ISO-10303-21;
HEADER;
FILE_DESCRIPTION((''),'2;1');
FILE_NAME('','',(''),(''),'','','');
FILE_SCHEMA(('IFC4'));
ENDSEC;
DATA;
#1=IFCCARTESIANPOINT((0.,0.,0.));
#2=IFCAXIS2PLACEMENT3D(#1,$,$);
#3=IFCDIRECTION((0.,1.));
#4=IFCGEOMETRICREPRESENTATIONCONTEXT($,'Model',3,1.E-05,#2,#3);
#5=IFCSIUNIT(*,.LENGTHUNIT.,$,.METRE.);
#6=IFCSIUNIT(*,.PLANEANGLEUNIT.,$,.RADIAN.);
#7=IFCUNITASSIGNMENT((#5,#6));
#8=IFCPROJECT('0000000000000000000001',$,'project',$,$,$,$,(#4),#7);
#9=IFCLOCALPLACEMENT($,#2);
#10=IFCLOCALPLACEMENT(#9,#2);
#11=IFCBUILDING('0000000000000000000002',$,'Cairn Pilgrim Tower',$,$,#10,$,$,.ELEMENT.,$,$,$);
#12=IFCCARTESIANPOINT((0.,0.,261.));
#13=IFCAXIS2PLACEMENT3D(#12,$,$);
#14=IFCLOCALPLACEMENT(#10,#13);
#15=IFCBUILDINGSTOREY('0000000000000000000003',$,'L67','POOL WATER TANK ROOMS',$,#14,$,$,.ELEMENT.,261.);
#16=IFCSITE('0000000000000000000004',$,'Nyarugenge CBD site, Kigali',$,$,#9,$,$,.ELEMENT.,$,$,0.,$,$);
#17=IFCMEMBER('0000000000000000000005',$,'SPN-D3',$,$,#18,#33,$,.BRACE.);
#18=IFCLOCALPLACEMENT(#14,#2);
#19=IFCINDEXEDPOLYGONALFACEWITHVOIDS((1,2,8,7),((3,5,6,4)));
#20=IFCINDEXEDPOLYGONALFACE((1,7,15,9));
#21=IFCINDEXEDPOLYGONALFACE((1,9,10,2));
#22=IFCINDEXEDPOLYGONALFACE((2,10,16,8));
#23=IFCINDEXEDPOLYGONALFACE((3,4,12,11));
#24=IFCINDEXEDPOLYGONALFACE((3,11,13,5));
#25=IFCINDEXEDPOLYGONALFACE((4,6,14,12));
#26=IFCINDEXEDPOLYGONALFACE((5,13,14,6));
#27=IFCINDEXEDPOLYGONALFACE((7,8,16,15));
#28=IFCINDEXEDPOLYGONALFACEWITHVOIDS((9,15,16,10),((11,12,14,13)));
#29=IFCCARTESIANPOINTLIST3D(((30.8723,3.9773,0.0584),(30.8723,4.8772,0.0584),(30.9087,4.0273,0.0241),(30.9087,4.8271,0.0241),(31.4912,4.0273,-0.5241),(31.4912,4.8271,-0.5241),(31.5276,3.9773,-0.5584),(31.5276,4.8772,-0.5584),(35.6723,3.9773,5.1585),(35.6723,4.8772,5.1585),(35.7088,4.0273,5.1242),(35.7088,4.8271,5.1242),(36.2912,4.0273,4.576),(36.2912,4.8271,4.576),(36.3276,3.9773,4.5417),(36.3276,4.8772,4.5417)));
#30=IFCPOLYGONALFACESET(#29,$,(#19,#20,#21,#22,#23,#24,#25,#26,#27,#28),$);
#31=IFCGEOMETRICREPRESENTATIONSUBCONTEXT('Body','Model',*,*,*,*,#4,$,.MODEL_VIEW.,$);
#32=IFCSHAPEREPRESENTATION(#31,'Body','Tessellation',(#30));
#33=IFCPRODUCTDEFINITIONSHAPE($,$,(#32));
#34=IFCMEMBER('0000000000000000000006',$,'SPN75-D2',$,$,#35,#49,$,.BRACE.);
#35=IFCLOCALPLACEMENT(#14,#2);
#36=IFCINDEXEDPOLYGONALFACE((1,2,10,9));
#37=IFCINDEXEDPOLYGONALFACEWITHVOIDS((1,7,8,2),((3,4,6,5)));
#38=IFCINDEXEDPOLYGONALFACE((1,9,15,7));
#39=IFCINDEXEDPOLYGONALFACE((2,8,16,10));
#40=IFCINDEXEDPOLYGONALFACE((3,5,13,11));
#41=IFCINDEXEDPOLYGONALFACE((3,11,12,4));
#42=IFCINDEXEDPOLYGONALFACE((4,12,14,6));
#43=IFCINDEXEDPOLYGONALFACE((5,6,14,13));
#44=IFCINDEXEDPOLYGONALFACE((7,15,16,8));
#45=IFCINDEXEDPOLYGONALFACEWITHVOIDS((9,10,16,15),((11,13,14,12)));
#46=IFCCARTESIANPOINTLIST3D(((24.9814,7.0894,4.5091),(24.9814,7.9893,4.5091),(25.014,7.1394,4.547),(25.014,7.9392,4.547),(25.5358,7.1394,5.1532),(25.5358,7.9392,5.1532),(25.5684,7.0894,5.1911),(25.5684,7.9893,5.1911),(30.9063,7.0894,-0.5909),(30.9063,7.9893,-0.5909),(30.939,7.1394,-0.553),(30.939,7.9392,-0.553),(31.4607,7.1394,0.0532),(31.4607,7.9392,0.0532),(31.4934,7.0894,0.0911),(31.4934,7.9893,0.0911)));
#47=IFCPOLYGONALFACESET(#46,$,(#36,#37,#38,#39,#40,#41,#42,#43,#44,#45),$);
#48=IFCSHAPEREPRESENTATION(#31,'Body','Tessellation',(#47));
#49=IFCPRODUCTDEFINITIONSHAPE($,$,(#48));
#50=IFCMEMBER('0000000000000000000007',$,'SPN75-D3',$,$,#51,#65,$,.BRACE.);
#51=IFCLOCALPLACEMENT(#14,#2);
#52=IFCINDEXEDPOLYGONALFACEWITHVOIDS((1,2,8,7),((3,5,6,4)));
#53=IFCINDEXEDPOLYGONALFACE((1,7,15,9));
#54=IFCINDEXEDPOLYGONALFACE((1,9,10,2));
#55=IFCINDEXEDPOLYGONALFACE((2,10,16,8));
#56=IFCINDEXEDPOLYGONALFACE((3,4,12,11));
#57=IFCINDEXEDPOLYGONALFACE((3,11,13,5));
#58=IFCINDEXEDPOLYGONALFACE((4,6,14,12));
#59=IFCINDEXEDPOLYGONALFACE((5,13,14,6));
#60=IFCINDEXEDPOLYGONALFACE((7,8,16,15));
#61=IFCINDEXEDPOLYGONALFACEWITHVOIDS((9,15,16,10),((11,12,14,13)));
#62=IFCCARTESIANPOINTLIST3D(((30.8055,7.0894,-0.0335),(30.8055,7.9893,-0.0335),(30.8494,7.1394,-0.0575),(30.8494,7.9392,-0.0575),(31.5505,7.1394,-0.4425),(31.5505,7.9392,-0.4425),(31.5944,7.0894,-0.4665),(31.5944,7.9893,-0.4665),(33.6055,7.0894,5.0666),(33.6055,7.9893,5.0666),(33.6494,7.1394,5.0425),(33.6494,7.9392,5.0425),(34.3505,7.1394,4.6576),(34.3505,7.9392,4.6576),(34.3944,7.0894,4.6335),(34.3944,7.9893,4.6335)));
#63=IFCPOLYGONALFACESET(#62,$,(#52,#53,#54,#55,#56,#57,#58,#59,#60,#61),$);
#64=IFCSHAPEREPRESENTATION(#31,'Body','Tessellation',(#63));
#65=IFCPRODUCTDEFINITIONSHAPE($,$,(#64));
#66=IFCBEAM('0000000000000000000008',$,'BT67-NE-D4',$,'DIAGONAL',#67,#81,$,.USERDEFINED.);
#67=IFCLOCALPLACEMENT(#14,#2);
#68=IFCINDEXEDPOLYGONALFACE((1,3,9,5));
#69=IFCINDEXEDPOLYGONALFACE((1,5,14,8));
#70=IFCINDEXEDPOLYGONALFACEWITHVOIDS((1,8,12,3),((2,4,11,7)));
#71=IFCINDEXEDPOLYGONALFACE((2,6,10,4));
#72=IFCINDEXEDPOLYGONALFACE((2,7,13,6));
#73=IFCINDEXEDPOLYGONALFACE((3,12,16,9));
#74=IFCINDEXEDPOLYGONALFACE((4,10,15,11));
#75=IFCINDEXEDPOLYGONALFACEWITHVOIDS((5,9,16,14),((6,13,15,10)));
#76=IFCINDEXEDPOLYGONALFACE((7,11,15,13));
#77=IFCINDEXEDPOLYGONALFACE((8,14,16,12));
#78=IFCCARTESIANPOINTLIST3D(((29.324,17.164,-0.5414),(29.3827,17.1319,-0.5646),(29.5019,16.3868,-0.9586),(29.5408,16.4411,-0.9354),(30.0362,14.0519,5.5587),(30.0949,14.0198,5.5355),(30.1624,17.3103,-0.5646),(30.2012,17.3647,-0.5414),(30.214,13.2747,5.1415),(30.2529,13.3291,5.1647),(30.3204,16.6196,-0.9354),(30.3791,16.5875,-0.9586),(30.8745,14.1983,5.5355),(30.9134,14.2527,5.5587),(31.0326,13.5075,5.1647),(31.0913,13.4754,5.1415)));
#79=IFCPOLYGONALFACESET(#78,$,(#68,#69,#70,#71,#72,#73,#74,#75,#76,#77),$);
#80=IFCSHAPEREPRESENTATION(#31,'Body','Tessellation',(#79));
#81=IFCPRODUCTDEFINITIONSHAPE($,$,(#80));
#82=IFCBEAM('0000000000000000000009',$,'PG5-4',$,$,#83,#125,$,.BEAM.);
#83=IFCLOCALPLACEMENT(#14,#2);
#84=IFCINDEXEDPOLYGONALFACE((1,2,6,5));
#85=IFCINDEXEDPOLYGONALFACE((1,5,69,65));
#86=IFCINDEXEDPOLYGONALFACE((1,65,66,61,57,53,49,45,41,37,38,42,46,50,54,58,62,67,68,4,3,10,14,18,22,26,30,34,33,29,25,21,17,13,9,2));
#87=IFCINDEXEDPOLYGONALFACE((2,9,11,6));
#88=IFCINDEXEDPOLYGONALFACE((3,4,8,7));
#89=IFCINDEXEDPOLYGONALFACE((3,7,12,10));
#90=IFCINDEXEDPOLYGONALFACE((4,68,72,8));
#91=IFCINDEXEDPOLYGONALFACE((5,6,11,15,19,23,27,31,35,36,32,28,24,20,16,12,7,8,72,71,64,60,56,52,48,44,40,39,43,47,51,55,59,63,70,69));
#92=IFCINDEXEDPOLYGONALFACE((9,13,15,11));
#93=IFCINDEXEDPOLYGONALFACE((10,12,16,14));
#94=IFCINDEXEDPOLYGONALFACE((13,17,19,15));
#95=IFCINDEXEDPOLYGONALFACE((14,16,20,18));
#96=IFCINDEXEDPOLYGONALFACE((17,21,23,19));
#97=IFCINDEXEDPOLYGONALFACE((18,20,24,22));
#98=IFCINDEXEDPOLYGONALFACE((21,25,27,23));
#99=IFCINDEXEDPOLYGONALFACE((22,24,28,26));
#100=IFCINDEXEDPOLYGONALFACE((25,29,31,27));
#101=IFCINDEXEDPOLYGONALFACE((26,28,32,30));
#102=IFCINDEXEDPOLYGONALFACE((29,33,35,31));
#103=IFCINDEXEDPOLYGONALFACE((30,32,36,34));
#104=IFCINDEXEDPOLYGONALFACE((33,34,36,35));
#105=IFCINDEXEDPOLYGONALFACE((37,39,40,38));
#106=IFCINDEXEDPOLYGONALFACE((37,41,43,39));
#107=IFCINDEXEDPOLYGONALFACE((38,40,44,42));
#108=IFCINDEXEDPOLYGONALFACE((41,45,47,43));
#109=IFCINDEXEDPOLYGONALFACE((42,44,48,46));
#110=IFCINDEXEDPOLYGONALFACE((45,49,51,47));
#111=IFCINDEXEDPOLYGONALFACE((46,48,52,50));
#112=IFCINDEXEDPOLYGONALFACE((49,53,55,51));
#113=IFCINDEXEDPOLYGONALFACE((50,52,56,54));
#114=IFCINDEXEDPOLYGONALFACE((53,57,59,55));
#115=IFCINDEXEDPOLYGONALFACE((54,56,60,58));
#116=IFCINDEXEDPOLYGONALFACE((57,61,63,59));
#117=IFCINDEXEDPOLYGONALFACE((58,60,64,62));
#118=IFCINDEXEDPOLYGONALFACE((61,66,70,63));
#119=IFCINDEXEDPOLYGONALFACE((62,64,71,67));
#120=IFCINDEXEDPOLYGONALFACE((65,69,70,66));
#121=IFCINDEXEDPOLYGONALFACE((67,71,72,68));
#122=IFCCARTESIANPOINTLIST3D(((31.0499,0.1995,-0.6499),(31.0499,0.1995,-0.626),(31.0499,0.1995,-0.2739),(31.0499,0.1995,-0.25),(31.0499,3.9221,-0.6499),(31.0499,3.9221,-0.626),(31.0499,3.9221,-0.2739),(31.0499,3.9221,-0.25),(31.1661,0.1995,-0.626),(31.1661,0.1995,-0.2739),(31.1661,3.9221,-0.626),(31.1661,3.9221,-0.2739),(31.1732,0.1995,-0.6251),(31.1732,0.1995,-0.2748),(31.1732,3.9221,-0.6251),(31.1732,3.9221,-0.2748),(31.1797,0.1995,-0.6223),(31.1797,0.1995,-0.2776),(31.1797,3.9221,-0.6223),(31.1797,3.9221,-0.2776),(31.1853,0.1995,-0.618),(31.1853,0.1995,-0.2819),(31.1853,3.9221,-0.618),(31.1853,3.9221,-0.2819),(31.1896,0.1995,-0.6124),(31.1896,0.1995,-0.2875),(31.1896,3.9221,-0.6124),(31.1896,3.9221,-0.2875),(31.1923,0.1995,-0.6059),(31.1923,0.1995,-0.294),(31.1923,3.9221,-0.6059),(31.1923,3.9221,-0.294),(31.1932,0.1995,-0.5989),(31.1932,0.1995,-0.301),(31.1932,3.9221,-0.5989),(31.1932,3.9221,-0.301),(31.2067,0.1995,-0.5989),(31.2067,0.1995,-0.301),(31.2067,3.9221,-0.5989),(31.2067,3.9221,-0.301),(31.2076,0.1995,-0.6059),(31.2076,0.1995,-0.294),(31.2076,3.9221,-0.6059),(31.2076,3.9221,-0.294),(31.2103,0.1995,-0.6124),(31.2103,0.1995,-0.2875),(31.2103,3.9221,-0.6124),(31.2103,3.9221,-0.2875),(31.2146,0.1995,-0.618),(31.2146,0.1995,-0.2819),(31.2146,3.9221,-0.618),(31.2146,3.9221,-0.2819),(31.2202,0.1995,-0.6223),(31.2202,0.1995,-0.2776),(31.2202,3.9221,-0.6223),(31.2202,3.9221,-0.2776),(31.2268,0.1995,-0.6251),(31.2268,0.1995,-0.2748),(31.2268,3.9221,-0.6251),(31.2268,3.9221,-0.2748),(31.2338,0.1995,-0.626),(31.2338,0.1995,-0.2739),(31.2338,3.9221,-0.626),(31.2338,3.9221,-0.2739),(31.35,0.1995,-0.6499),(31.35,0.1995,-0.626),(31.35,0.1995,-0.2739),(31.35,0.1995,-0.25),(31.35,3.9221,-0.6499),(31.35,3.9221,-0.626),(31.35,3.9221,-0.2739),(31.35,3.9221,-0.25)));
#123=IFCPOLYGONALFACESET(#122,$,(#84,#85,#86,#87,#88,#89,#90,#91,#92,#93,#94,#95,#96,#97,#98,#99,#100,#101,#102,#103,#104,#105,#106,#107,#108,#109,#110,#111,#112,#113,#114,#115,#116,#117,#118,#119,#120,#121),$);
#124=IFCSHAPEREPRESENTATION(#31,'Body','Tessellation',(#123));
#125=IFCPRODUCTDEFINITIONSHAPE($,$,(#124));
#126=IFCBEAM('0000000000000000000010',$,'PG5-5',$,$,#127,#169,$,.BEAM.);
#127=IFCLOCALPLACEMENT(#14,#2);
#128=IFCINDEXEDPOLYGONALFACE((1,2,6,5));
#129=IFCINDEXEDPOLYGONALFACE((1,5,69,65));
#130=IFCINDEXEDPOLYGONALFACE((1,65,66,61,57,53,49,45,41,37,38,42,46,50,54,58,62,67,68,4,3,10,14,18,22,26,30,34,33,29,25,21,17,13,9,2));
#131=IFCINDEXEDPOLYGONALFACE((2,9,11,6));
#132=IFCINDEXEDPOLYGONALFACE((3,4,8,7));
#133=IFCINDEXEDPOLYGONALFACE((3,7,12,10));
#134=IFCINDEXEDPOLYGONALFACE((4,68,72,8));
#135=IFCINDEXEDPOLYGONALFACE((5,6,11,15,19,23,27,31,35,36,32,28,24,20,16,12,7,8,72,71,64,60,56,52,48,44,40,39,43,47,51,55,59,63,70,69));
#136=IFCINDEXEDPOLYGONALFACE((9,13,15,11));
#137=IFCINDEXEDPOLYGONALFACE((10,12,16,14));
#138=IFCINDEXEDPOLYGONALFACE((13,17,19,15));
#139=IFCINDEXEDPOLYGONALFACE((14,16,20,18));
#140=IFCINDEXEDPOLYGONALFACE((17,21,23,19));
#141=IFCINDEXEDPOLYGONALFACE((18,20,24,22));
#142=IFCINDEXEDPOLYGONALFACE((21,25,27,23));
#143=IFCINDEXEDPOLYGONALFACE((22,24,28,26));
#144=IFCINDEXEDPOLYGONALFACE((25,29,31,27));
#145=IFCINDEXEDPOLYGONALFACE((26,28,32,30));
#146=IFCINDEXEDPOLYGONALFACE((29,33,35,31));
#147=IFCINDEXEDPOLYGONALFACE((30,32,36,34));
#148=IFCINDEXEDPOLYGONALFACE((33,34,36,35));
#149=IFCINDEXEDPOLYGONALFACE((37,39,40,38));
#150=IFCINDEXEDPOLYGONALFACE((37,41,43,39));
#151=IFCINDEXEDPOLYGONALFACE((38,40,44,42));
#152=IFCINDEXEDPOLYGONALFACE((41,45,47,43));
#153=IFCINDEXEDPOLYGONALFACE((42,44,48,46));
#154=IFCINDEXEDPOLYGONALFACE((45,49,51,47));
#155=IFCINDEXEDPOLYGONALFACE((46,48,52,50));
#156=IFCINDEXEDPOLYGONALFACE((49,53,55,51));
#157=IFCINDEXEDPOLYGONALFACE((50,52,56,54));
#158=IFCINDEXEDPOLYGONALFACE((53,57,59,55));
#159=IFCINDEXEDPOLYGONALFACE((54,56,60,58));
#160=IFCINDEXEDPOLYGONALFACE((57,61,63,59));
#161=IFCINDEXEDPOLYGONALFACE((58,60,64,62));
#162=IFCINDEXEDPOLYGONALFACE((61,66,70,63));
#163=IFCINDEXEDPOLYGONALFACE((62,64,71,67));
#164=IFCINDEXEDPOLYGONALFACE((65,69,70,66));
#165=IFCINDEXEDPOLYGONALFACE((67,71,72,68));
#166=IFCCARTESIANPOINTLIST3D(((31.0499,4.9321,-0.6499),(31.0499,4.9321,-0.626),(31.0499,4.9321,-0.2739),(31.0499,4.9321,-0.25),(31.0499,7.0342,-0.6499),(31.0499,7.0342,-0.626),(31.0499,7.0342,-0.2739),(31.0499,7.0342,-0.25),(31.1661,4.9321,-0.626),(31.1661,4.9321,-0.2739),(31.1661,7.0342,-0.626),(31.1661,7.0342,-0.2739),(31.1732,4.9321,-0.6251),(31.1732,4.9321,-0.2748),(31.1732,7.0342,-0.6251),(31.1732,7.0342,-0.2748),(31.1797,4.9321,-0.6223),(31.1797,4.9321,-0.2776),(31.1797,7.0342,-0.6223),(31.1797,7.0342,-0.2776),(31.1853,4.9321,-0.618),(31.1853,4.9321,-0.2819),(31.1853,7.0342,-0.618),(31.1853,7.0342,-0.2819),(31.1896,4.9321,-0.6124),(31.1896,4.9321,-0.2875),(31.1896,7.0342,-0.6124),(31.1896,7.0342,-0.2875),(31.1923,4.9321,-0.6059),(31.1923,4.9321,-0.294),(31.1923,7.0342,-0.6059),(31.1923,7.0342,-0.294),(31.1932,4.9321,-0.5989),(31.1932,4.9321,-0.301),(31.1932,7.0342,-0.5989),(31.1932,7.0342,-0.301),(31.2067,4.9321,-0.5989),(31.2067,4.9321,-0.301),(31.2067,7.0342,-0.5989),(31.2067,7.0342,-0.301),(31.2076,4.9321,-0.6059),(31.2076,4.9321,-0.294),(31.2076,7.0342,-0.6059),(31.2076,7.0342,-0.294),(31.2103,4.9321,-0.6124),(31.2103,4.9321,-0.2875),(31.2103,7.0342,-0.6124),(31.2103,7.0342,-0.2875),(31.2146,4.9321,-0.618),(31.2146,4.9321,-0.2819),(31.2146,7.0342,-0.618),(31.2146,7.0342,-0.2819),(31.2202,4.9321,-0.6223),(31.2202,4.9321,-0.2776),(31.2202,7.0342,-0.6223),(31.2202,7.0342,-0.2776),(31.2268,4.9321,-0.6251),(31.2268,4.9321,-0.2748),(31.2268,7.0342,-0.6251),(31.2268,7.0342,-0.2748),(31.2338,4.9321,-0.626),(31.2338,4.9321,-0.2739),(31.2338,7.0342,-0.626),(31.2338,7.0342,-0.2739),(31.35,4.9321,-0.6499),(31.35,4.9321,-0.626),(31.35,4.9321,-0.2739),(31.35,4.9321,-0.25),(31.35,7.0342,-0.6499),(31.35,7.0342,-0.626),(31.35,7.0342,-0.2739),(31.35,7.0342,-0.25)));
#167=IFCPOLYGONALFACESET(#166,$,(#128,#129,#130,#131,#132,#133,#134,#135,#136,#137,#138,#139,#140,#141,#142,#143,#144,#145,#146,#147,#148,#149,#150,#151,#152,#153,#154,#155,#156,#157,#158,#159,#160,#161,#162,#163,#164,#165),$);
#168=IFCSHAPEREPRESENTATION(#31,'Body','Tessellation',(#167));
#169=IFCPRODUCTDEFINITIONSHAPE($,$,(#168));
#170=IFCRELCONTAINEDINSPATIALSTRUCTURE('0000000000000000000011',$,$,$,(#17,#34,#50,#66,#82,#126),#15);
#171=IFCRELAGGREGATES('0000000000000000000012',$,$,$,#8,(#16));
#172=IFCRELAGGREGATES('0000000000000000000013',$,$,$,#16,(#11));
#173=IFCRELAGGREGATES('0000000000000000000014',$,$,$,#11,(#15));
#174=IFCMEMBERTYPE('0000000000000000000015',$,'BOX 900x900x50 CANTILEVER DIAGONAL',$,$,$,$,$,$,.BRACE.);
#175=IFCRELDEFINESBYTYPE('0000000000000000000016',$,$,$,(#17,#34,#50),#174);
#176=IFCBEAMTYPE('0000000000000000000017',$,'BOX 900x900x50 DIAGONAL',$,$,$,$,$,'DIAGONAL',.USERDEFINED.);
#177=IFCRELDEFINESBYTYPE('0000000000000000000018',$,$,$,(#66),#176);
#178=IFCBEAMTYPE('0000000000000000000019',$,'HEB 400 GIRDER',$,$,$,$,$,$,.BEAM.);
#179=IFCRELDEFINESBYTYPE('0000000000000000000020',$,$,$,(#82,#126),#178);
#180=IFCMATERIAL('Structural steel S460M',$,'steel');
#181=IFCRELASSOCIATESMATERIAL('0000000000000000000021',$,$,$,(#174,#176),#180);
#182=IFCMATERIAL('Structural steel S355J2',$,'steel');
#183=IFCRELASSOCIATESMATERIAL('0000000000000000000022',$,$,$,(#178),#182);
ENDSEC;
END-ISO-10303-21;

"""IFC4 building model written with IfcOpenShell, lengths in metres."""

from ifc_helpers import new_model, si_unit, direction, frame, origin, origin_2d, place, context, subcontext, project, spatial, hollow_rectangle, i_section, extrude, material, material_profile, profile_set, type_object, element, save


model = new_model("IFC4")

# Units and contexts
model_context = context("Model", 3, precision=1e-05, world=origin(), true_north=direction((0.0, 1.0)))
body_context = subcontext(model_context, "Body", "Model", "MODEL_VIEW")
ifc_project = project(units=[si_unit("LENGTHUNIT", "METRE"), si_unit("PLANEANGLEUNIT", "RADIAN")], contexts=[model_context])

# Site, building, storey
site_placement = place(None, origin())
site = spatial("IfcSite", under=ifc_project, at=site_placement, Name="Nyarugenge CBD site, Kigali", CompositionType="ELEMENT", RefElevation=0.0)
building_placement = place(site_placement, origin())
building = spatial("IfcBuilding", under=site, at=building_placement, Name="Cairn Pilgrim Tower", CompositionType="ELEMENT")
storey_placement = place(building_placement, frame((0.0, 0.0, 261.0)))
storey = spatial("IfcBuildingStorey", under=building, at=storey_placement, Name="L67", Description="POOL WATER TANK ROOMS", CompositionType="ELEMENT", Elevation=261.0)

# Shared definitions
ifc_material_1 = material(Name="Structural steel S460M", Category="steel")
ifc_material_2 = material(Name="Structural steel S355J2", Category="steel")

# Members
ifc_material_profile_1 = material_profile(ifc_material_1, hollow_rectangle(XDim=0.8999, YDim=0.8999, WallThickness=0.05, at=origin_2d()), Name="BOX 900x900x50")
ifc_profile_set_1 = profile_set([ifc_material_profile_1], Name="Structural steel S460M")
member_type_1 = type_object("IfcMemberType", Name="BOX 900x900x50 CANTILEVER DIAGONAL", PredefinedType="BRACE", material=ifc_profile_set_1)
member_1_placement = place(storey_placement, frame((31.2, 4.4272, -0.25), z_axis=(0.685361, 0.0, 0.728203), x_axis=(0.0, 1.0, 0.0)))
element("IfcMember", 1, at=member_1_placement, inside=storey, type_object=member_type_1, Name="SPN-D3", PredefinedType="BRACE", context=body_context, shape_type="SweptSolid", body=[
    extrude(hollow_rectangle(XDim=0.8999, YDim=0.8999, WallThickness=0.05, at=origin_2d()), origin(), (0.0, 0.0, 1.0), 7.0037),
])
member_2_placement = place(storey_placement, frame((25.2749, 7.5393, 4.8501), z_axis=(0.757897, 0.0, -0.652374), x_axis=(0.0, 1.0, 0.0)))
element("IfcMember", 2, at=member_2_placement, inside=storey, type_object=member_type_1, Name="SPN75-D2", PredefinedType="BRACE", context=body_context, shape_type="SweptSolid", body=[
    extrude(hollow_rectangle(XDim=0.8999, YDim=0.8999, WallThickness=0.05, at=origin_2d()), origin(), (0.0, 0.0, 1.0), 7.8176),
])
member_3_placement = place(storey_placement, frame((31.2, 7.5393, -0.25), z_axis=(0.481258, 0.0, 0.876579), x_axis=(0.0, 1.0, 0.0)))
element("IfcMember", 3, at=member_3_placement, inside=storey, type_object=member_type_1, Name="SPN75-D3", PredefinedType="BRACE", context=body_context, shape_type="SweptSolid", body=[
    extrude(hollow_rectangle(XDim=0.8999, YDim=0.8999, WallThickness=0.05, at=origin_2d()), origin(), (0.0, 0.0, 1.0), 5.8181),
])

# Beams
ifc_material_profile_2 = material_profile(ifc_material_1, hollow_rectangle(XDim=0.8999, YDim=0.8999, WallThickness=0.05, at=origin_2d()), Name="BOX 900x900x50")
ifc_profile_set_2 = profile_set([ifc_material_profile_2], Name="Structural steel S460M")
beam_type_1 = type_object("IfcBeamType", Name="BOX 900x900x50 DIAGONAL", ElementType="DIAGONAL", PredefinedType="USERDEFINED", material=ifc_profile_set_2)
beam_1_placement = place(storey_placement, frame((30.5637, 13.7637, 5.3501), z_axis=(-0.103436, 0.452006, -0.885998), x_axis=(-0.974802, -0.223072, 0.0)))
element("IfcBeam", 4, at=beam_1_placement, inside=storey, type_object=beam_type_1, Name="BT67-NE-D4", ObjectType="DIAGONAL", PredefinedType="USERDEFINED", context=body_context, shape_type="SweptSolid", body=[
    extrude(hollow_rectangle(XDim=0.8999, YDim=0.8999, WallThickness=0.05, at=origin_2d()), origin(), (0.0, 0.0, 1.0), 6.885),
])
ifc_material_profile_3 = material_profile(ifc_material_2, i_section(OverallWidth=0.3, OverallDepth=0.3999, WebThickness=0.0134, FlangeThickness=0.0239, FilletRadius=0.0271, at=origin_2d()), Name="HEB 400")
ifc_profile_set_3 = profile_set([ifc_material_profile_3], Name="Structural steel S355J2")
beam_type_2 = type_object("IfcBeamType", Name="HEB 400 GIRDER", PredefinedType="BEAM", material=ifc_profile_set_3)
beam_2_placement = place(storey_placement, frame((31.2, 0.1995, -0.45), z_axis=(0.0, 1.0, 0.0), x_axis=(-1.0, 0.0, 0.0)))
element("IfcBeam", 5, at=beam_2_placement, inside=storey, type_object=beam_type_2, Name="PG5-4", PredefinedType="BEAM", context=body_context, shape_type="SweptSolid", body=[
    extrude(i_section(OverallWidth=0.3, OverallDepth=0.3999, WebThickness=0.0134, FlangeThickness=0.0239, FilletRadius=0.0271, at=origin_2d()), origin(), (0.0, 0.0, 1.0), 3.7227),
])
beam_3_placement = place(storey_placement, frame((31.2, 4.9321, -0.45), z_axis=(0.0, 1.0, 0.0), x_axis=(-1.0, 0.0, 0.0)))
element("IfcBeam", 6, at=beam_3_placement, inside=storey, type_object=beam_type_2, Name="PG5-5", PredefinedType="BEAM", context=body_context, shape_type="SweptSolid", body=[
    extrude(i_section(OverallWidth=0.3, OverallDepth=0.3999, WebThickness=0.0134, FlangeThickness=0.0239, FilletRadius=0.0271, at=origin_2d()), origin(), (0.0, 0.0, 1.0), 2.1021),
])

save(model, "model.ifc")
